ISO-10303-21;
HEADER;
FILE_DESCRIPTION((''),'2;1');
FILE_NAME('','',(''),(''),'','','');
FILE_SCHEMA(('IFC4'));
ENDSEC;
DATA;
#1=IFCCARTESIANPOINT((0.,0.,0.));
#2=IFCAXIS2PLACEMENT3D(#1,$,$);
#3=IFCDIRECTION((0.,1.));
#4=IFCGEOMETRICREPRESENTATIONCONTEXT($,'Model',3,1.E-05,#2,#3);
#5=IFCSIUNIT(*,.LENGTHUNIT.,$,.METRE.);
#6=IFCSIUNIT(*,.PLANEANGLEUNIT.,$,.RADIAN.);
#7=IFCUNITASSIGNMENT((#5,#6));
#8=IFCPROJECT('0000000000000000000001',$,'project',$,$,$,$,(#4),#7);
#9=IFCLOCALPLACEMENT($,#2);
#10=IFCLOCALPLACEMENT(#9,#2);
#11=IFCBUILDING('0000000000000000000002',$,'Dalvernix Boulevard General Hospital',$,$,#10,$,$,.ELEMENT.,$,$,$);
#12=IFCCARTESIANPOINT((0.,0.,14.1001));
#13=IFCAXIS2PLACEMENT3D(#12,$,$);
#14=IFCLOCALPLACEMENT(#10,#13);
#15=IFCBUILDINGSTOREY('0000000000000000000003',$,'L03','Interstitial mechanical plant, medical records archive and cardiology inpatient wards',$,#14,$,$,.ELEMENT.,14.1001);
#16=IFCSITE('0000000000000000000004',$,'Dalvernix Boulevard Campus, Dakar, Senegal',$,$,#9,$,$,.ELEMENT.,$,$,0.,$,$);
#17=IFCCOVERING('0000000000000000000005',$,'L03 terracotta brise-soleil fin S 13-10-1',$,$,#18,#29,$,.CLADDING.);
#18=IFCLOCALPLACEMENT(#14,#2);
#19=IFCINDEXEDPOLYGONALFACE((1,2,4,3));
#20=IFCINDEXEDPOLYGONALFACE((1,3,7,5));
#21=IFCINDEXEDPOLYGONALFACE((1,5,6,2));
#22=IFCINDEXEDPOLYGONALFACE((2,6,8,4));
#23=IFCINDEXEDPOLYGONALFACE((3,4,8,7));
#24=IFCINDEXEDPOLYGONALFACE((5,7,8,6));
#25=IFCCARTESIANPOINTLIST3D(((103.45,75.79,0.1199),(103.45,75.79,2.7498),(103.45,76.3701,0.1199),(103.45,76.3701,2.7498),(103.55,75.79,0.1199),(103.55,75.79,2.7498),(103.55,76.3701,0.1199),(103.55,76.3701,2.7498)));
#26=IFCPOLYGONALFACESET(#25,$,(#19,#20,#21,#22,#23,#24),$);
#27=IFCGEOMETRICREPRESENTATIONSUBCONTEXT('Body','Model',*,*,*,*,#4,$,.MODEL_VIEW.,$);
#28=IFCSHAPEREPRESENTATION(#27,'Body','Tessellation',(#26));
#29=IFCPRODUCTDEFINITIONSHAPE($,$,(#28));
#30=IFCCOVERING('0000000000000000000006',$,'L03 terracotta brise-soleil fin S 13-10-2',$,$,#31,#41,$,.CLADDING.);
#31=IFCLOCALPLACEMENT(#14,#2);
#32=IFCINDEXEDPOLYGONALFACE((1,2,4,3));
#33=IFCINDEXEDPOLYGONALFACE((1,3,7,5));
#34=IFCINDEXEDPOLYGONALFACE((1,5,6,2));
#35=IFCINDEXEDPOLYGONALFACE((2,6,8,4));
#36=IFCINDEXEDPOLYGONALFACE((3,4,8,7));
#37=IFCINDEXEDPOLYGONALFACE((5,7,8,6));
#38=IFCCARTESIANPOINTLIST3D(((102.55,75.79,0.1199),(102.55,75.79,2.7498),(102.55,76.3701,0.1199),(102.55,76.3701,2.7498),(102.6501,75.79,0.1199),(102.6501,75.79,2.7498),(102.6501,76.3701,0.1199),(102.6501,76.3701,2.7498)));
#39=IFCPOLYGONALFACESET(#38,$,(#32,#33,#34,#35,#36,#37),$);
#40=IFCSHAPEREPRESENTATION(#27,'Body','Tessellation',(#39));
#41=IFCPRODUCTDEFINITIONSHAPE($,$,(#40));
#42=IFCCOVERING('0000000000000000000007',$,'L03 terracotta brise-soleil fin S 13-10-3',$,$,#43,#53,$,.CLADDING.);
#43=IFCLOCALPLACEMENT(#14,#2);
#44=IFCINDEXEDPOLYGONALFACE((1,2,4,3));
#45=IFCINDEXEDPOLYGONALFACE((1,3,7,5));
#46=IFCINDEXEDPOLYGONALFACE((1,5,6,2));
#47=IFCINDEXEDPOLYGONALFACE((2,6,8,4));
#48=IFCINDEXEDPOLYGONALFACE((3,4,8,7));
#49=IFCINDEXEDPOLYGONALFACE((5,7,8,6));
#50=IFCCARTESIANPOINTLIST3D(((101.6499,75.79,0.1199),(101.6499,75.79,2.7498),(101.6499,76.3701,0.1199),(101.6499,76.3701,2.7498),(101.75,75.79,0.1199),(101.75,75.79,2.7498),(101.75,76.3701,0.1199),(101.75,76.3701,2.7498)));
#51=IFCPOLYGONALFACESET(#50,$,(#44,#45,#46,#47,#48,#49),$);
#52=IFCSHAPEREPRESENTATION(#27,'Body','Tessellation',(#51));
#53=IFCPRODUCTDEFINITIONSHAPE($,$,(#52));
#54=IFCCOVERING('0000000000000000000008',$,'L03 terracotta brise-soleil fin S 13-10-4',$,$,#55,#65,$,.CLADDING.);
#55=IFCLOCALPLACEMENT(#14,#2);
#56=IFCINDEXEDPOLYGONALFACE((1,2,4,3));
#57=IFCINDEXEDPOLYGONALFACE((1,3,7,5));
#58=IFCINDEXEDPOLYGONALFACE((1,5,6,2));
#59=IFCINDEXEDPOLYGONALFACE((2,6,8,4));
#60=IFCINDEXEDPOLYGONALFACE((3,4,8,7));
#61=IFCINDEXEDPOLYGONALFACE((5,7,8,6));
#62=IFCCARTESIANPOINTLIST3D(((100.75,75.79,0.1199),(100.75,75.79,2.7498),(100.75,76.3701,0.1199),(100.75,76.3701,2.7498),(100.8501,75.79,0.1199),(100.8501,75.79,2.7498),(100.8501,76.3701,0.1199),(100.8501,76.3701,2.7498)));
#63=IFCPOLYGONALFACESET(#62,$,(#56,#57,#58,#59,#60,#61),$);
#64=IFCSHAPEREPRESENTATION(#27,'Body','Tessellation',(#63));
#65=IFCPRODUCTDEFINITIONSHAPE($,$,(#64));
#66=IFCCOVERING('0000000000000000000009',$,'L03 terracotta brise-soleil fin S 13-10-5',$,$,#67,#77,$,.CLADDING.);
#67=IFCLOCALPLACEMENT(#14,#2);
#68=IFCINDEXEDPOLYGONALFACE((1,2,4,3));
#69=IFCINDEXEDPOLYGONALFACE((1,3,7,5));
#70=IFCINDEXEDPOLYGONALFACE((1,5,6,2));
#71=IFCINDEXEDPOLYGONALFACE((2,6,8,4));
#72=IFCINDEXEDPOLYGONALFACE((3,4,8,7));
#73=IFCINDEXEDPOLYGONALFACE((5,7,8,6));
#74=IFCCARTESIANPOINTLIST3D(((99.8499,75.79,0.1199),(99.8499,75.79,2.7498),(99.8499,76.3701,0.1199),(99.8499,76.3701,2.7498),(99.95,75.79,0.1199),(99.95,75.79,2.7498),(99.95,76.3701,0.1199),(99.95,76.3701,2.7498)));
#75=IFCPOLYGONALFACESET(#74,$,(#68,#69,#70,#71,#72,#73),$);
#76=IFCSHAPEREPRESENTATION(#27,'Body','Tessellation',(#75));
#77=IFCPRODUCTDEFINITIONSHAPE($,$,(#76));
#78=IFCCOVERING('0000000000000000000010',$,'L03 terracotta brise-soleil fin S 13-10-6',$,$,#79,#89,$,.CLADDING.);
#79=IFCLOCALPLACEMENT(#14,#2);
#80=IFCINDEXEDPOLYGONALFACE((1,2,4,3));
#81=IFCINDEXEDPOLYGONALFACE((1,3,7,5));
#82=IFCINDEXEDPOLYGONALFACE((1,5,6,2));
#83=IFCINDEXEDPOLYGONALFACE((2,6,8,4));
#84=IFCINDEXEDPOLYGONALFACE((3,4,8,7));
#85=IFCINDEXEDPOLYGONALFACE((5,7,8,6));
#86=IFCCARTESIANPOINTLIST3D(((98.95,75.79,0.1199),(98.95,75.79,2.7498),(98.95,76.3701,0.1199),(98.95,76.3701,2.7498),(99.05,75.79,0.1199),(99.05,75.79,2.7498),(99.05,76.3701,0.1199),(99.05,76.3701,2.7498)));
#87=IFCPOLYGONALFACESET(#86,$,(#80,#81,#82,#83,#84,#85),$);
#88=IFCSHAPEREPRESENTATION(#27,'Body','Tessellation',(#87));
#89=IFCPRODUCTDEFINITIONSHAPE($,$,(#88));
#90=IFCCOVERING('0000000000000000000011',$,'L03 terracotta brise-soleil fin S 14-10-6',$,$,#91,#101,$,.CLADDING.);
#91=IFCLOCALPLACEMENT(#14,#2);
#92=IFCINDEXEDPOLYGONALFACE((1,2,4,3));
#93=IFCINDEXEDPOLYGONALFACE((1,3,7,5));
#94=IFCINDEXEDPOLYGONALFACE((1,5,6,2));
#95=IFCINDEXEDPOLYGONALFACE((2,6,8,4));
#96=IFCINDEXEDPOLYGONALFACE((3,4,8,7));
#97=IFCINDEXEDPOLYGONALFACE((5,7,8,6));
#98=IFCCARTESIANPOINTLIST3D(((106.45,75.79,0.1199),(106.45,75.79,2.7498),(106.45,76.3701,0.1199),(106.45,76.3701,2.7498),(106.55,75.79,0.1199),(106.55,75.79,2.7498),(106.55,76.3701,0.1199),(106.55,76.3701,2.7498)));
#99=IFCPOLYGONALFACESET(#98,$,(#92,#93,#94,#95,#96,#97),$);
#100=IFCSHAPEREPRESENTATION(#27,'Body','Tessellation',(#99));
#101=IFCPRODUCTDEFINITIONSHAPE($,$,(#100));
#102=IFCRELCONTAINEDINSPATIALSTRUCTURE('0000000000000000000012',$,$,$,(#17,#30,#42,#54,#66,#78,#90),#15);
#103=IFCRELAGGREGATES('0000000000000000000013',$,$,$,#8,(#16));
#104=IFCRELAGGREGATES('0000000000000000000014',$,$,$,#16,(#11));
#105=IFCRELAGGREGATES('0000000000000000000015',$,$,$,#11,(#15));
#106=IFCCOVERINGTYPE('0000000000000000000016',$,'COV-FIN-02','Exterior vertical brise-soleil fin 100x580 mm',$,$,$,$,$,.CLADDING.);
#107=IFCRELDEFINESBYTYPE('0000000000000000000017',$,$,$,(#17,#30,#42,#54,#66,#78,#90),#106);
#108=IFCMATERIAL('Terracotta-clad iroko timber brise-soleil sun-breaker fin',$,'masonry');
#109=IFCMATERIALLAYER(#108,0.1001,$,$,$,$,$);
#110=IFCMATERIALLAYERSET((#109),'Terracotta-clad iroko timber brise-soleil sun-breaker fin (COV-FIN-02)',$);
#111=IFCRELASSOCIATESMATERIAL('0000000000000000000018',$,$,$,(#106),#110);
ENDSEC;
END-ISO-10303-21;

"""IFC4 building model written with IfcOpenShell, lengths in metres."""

from ifc_helpers import new_model, si_unit, direction, frame, origin, origin_2d, place, context, subcontext, project, spatial, rectangle, extrude, material, layer, layer_set, type_object, element, save


model = new_model("IFC4")

# Units and contexts
model_context = context("Model", 3, precision=1e-05, world=origin(), true_north=direction((0.0, 1.0)))
body_context = subcontext(model_context, "Body", "Model", "MODEL_VIEW")
ifc_project = project(units=[si_unit("LENGTHUNIT", "METRE"), si_unit("PLANEANGLEUNIT", "RADIAN")], contexts=[model_context])

# Site, building, storey
site_placement = place(None, origin())
site = spatial("IfcSite", under=ifc_project, at=site_placement, Name="Dalvernix Boulevard Campus, Dakar, Senegal", CompositionType="ELEMENT", RefElevation=0.0)
building_placement = place(site_placement, origin())
building = spatial("IfcBuilding", under=site, at=building_placement, Name="Dalvernix Boulevard General Hospital", CompositionType="ELEMENT")
storey_placement = place(building_placement, frame((0.0, 0.0, 14.1001)))
storey = spatial("IfcBuildingStorey", under=building, at=storey_placement, Name="L03", Description="Interstitial mechanical plant, medical records archive and cardiology inpatient wards", CompositionType="ELEMENT", Elevation=14.1001)

# Coverings
ifc_material_1 = material(Name="Terracotta-clad iroko timber brise-soleil sun-breaker fin", Category="masonry")
ifc_layer_1 = layer(ifc_material_1, 0.1001)
ifc_layer_set_1 = layer_set([ifc_layer_1], Name="Terracotta-clad iroko timber brise-soleil sun-breaker fin (COV-FIN-02)")
covering_type_1 = type_object("IfcCoveringType", Name="COV-FIN-02", Description="Exterior vertical brise-soleil fin 100x580 mm", PredefinedType="CLADDING", material=ifc_layer_set_1)
for number, where, z_axis, x_axis, name in (
    (1, (103.5, 76.0801, 0.1199), (0.0, 0.0, 1.0), (-1.0, 0.0, 0.0), "L03 terracotta brise-soleil fin S 13-10-1"),
    (2, (102.6001, 76.0801, 0.1199), (0.0, 0.0, 1.0), (-1.0, 0.0, 0.0), "L03 terracotta brise-soleil fin S 13-10-2"),
    (3, (101.7, 76.0801, 0.1199), (0.0, 0.0, 1.0), (-1.0, 0.0, 0.0), "L03 terracotta brise-soleil fin S 13-10-3"),
    (4, (100.8, 76.0801, 0.1199), (0.0, 0.0, 1.0), (-1.0, 0.0, 0.0), "L03 terracotta brise-soleil fin S 13-10-4"),
    (5, (99.8999, 76.0801, 0.1199), (0.0, 0.0, 1.0), (-1.0, 0.0, 0.0), "L03 terracotta brise-soleil fin S 13-10-5"),
    (6, (99.0, 76.0801, 0.1199), (0.0, 0.0, 1.0), (-1.0, 0.0, 0.0), "L03 terracotta brise-soleil fin S 13-10-6"),
    (7, (106.5, 76.0801, 0.1199), (0.0, 0.0, 1.0), (-1.0, 0.0, 0.0), "L03 terracotta brise-soleil fin S 14-10-6"),
):
    element("IfcCovering", number, at=place(storey_placement, frame(where, z_axis=z_axis, x_axis=x_axis)), inside=storey, type_object=covering_type_1, Name=name, PredefinedType="CLADDING", context=body_context, shape_type="SweptSolid", body=[
        extrude(rectangle(XDim=0.1001, YDim=0.5801, at=origin_2d()), origin(), (0.0, 0.0, 1.0), 2.6299),
    ])

save(model, "model.ifc")
